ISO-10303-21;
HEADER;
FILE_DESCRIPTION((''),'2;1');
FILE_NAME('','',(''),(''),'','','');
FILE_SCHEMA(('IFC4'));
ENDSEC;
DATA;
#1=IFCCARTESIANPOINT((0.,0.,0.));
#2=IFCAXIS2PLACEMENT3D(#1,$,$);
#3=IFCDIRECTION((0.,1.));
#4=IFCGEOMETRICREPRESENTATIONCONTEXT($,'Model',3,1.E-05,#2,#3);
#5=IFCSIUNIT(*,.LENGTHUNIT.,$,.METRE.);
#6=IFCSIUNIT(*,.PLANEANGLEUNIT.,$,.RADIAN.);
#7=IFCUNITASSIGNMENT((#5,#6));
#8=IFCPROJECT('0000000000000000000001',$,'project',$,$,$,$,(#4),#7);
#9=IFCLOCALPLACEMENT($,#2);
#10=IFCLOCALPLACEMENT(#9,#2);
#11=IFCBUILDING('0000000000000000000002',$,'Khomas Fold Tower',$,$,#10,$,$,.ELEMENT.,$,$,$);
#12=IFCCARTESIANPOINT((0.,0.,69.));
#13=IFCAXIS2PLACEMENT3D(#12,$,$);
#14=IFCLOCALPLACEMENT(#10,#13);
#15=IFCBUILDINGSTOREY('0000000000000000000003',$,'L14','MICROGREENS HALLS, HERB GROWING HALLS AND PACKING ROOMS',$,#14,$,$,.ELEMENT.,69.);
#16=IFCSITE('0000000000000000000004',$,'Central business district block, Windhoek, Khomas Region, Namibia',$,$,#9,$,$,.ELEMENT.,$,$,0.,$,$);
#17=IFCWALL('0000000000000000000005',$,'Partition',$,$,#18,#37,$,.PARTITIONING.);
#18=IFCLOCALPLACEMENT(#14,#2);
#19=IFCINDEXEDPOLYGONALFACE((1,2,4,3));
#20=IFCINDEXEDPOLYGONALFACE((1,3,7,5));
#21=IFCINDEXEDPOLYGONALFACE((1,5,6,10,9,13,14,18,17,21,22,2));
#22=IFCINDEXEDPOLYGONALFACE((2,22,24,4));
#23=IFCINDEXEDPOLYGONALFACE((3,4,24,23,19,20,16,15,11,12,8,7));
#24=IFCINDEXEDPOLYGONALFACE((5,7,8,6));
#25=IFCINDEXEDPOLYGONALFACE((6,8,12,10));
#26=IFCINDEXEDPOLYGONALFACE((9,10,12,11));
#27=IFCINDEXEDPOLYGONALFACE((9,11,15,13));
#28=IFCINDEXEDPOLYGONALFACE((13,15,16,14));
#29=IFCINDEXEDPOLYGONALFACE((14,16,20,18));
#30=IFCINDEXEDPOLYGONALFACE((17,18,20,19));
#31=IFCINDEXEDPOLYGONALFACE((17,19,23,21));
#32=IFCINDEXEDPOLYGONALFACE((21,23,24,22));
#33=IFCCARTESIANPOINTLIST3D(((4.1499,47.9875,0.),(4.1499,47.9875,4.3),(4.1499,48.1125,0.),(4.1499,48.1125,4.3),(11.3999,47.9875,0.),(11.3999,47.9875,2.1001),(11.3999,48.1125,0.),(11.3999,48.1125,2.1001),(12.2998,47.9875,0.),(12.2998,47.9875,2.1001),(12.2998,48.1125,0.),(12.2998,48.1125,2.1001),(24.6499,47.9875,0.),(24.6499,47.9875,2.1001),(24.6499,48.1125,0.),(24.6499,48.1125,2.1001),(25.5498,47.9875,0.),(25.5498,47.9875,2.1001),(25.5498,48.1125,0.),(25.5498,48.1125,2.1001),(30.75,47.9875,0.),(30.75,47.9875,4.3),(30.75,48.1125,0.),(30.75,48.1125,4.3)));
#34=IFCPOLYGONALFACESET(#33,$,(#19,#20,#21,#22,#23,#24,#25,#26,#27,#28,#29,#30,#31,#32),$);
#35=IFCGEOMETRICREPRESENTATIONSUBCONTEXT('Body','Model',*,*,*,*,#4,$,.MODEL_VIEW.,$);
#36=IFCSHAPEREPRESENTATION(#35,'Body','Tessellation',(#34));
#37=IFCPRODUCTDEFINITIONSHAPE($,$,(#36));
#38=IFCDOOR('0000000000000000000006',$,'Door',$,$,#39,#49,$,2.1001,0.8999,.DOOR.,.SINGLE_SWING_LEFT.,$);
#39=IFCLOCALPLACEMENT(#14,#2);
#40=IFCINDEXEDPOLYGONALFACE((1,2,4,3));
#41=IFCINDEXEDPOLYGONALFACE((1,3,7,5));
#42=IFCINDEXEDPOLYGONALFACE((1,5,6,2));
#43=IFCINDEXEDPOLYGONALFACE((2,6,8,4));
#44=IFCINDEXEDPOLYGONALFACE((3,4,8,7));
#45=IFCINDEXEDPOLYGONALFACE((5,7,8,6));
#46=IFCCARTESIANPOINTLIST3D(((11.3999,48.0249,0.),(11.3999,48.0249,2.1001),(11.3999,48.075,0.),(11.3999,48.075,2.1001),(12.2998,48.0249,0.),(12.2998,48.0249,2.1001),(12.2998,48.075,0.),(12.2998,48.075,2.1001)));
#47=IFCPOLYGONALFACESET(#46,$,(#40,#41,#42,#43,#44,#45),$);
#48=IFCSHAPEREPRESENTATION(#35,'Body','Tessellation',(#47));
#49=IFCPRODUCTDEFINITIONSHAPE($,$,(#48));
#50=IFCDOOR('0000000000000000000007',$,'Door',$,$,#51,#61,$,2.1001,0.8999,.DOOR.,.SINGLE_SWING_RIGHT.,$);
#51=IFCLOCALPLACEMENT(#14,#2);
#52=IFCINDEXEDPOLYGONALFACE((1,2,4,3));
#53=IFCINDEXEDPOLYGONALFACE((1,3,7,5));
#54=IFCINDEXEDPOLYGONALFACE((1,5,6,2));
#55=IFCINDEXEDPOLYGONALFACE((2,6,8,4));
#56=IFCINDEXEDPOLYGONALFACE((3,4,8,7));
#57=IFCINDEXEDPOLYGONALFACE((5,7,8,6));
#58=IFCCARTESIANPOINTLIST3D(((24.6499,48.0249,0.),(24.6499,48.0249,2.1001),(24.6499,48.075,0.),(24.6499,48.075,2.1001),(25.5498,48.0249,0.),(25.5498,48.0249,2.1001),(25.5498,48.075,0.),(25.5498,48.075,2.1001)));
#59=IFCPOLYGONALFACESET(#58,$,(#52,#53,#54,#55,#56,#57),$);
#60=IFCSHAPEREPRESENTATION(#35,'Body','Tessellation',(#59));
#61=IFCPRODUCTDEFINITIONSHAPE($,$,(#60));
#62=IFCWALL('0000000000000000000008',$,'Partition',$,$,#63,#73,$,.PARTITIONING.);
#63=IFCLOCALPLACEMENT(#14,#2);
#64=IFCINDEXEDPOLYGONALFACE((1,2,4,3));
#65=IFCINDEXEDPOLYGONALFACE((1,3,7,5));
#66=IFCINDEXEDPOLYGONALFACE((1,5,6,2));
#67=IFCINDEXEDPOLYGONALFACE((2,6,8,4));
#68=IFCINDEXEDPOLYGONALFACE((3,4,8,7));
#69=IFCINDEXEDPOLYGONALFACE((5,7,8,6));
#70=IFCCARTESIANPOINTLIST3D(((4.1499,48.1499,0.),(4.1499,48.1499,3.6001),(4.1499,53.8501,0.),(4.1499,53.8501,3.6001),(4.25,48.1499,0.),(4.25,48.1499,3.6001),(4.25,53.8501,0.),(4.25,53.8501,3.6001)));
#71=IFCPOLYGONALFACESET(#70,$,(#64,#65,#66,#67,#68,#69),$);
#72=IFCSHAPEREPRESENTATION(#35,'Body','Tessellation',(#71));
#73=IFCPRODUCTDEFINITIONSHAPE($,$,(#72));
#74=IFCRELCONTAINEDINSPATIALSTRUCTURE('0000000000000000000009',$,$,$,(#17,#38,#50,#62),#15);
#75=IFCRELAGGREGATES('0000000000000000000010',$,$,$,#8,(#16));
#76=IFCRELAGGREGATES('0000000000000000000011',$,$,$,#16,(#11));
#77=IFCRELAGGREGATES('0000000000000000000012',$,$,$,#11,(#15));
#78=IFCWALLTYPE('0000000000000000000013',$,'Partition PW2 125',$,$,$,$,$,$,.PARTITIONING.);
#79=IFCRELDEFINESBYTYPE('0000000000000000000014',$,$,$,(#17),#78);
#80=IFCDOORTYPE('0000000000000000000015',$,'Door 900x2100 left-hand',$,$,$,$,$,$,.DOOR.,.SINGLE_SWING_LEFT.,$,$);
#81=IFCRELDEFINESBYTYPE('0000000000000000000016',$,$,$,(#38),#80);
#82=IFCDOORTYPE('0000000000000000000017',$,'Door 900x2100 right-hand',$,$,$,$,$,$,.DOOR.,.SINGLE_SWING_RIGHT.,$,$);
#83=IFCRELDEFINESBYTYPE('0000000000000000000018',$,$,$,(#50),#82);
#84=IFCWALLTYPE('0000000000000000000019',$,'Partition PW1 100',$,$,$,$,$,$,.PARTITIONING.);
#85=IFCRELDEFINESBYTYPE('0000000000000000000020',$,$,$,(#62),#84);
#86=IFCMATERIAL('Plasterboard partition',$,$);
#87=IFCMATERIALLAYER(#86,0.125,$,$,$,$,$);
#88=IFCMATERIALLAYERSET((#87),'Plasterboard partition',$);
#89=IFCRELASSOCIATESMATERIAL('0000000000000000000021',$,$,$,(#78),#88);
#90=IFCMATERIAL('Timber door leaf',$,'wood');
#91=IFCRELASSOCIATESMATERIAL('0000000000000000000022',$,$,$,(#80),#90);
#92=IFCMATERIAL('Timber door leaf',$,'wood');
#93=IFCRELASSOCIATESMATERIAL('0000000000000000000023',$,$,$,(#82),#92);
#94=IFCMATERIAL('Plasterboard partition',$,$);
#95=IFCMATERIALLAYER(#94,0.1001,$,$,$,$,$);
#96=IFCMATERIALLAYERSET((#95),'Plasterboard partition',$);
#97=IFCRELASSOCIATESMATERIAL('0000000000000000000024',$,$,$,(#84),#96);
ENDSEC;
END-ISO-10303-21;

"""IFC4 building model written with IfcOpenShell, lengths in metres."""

from ifc_helpers import new_model, si_unit, direction, frame, frame_2d, origin, place, context, subcontext, project, spatial, rectangle, extrude, source, transform, mapped, material, layer, layer_set, type_object, element, fill, save


model = new_model("IFC4")

# Units and contexts
model_context = context("Model", 3, precision=1e-05, world=origin(), true_north=direction((0.0, 1.0)))
body_context = subcontext(model_context, "Body", "Model", "MODEL_VIEW")
ifc_project = project(units=[si_unit("LENGTHUNIT", "METRE"), si_unit("PLANEANGLEUNIT", "RADIAN")], contexts=[model_context])

# Site, building, storey
site_placement = place(None, origin())
site = spatial("IfcSite", under=ifc_project, at=site_placement, Name="Central business district block, Windhoek, Khomas Region, Namibia", CompositionType="ELEMENT", RefElevation=0.0)
building_placement = place(site_placement, origin())
building = spatial("IfcBuilding", under=site, at=building_placement, Name="Khomas Fold Tower", CompositionType="ELEMENT")
storey_placement = place(building_placement, frame((0.0, 0.0, 69.0)))
storey = spatial("IfcBuildingStorey", under=building, at=storey_placement, Name="L14", Description="MICROGREENS HALLS, HERB GROWING HALLS AND PACKING ROOMS", CompositionType="ELEMENT", Elevation=69.0)

# Wall, openings, doors
ifc_material_1 = material(Name="Plasterboard partition")
ifc_layer_1 = layer(ifc_material_1, 0.125)
ifc_layer_set_1 = layer_set([ifc_layer_1], Name="Plasterboard partition")
wall_type_1 = type_object("IfcWallType", Name="Partition PW2 125", PredefinedType="PARTITIONING", material=ifc_layer_set_1)
shared_shape_1 = source(origin(), body_context, "Body", "SweptSolid", [
    extrude(rectangle(XDim=26.6001, YDim=0.125, at=frame_2d((13.3, 0.0))), origin(), (0.0, 0.0, 1.0), 4.3),
])
wall_1_placement = place(storey_placement, frame((4.1499, 48.05, 0.0), z_axis=(0.0, 0.0, 1.0), x_axis=(1.0, 0.0, 0.0)))
wall_1 = element("IfcWall", 1, at=wall_1_placement, inside=storey, type_object=wall_type_1, Name="Partition", PredefinedType="PARTITIONING", context=body_context, shape_type="MappedRepresentation", body=[
    mapped(shared_shape_1, transform((0.0, 0.0, 0.0))),
])
shared_shape_2 = source(origin(), body_context, "Body", "SweptSolid", [
    extrude(rectangle(XDim=0.8999, YDim=2.1001, at=frame_2d((0.45, 1.05))), frame((0.0, 0.0725, 0.0), z_axis=(0.0, -1.0, 0.0), x_axis=(1.0, 0.0, 0.0)), (0.0, 0.0, 1.0), 0.145),
])
opening_1_placement = place(wall_1_placement, frame((7.25, 0.0, 0.0)))
opening_1 = element("IfcOpeningElement", 2, at=opening_1_placement, cuts=wall_1, PredefinedType="OPENING", context=body_context, shape_type="MappedRepresentation", body=[
    mapped(shared_shape_2, transform((0.0, 0.0, 0.0))),
])
opening_2_placement = place(wall_1_placement, frame((20.5, 0.0, 0.0)))
opening_2 = element("IfcOpeningElement", 3, at=opening_2_placement, cuts=wall_1, PredefinedType="OPENING", context=body_context, shape_type="MappedRepresentation", body=[
    mapped(shared_shape_2, transform((0.0, 0.0, 0.0))),
])
ifc_material_2 = material(Name="Timber door leaf", Category="wood")
door_type_1 = type_object("IfcDoorType", Name="Door 900x2100 left-hand", OperationType="SINGLE_SWING_LEFT", PredefinedType="DOOR", material=ifc_material_2)
shared_shape_3 = source(origin(), body_context, "Body", "SweptSolid", [
    extrude(rectangle(XDim=0.8999, YDim=2.1001, at=frame_2d((0.45, 1.05))), frame((0.0, 0.0249, 0.0), z_axis=(0.0, -1.0, 0.0), x_axis=(1.0, 0.0, 0.0)), (0.0, 0.0, 1.0), 0.05),
])
door_1_placement = place(opening_1_placement, origin())
door_1 = element("IfcDoor", 4, at=door_1_placement, inside=storey, type_object=door_type_1, Name="Door", OperationType="SINGLE_SWING_LEFT", OverallHeight=2.1001, OverallWidth=0.8999, PredefinedType="DOOR", context=body_context, shape_type="MappedRepresentation", body=[
    mapped(shared_shape_3, transform((0.0, 0.0, 0.0))),
])
fill(opening_1, door_1)
ifc_material_3 = material(Name="Timber door leaf", Category="wood")
door_type_2 = type_object("IfcDoorType", Name="Door 900x2100 right-hand", OperationType="SINGLE_SWING_RIGHT", PredefinedType="DOOR", material=ifc_material_3)
door_2_placement = place(opening_2_placement, origin())
door_2 = element("IfcDoor", 5, at=door_2_placement, inside=storey, type_object=door_type_2, Name="Door", OperationType="SINGLE_SWING_RIGHT", OverallHeight=2.1001, OverallWidth=0.8999, PredefinedType="DOOR", context=body_context, shape_type="MappedRepresentation", body=[
    mapped(shared_shape_3, transform((0.0, 0.0, 0.0))),
])
fill(opening_2, door_2)

# Wall
ifc_material_4 = material(Name="Plasterboard partition")
ifc_layer_2 = layer(ifc_material_4, 0.1001)
ifc_layer_set_2 = layer_set([ifc_layer_2], Name="Plasterboard partition")
wall_type_2 = type_object("IfcWallType", Name="Partition PW1 100", PredefinedType="PARTITIONING", material=ifc_layer_set_2)
shared_shape_4 = source(origin(), body_context, "Body", "SweptSolid", [
    extrude(rectangle(XDim=5.7002, YDim=0.1001, at=frame_2d((2.8501, 0.0))), origin(), (0.0, 0.0, 1.0), 3.6001),
])
wall_2_placement = place(storey_placement, frame((4.2, 48.1499, 0.0), z_axis=(0.0, 0.0, 1.0), x_axis=(0.0, 1.0, 0.0)))
element("IfcWall", 6, at=wall_2_placement, inside=storey, type_object=wall_type_2, Name="Partition", PredefinedType="PARTITIONING", context=body_context, shape_type="MappedRepresentation", body=[
    mapped(shared_shape_4, transform((0.0, 0.0, 0.0))),
])

save(model, "model.ifc")
